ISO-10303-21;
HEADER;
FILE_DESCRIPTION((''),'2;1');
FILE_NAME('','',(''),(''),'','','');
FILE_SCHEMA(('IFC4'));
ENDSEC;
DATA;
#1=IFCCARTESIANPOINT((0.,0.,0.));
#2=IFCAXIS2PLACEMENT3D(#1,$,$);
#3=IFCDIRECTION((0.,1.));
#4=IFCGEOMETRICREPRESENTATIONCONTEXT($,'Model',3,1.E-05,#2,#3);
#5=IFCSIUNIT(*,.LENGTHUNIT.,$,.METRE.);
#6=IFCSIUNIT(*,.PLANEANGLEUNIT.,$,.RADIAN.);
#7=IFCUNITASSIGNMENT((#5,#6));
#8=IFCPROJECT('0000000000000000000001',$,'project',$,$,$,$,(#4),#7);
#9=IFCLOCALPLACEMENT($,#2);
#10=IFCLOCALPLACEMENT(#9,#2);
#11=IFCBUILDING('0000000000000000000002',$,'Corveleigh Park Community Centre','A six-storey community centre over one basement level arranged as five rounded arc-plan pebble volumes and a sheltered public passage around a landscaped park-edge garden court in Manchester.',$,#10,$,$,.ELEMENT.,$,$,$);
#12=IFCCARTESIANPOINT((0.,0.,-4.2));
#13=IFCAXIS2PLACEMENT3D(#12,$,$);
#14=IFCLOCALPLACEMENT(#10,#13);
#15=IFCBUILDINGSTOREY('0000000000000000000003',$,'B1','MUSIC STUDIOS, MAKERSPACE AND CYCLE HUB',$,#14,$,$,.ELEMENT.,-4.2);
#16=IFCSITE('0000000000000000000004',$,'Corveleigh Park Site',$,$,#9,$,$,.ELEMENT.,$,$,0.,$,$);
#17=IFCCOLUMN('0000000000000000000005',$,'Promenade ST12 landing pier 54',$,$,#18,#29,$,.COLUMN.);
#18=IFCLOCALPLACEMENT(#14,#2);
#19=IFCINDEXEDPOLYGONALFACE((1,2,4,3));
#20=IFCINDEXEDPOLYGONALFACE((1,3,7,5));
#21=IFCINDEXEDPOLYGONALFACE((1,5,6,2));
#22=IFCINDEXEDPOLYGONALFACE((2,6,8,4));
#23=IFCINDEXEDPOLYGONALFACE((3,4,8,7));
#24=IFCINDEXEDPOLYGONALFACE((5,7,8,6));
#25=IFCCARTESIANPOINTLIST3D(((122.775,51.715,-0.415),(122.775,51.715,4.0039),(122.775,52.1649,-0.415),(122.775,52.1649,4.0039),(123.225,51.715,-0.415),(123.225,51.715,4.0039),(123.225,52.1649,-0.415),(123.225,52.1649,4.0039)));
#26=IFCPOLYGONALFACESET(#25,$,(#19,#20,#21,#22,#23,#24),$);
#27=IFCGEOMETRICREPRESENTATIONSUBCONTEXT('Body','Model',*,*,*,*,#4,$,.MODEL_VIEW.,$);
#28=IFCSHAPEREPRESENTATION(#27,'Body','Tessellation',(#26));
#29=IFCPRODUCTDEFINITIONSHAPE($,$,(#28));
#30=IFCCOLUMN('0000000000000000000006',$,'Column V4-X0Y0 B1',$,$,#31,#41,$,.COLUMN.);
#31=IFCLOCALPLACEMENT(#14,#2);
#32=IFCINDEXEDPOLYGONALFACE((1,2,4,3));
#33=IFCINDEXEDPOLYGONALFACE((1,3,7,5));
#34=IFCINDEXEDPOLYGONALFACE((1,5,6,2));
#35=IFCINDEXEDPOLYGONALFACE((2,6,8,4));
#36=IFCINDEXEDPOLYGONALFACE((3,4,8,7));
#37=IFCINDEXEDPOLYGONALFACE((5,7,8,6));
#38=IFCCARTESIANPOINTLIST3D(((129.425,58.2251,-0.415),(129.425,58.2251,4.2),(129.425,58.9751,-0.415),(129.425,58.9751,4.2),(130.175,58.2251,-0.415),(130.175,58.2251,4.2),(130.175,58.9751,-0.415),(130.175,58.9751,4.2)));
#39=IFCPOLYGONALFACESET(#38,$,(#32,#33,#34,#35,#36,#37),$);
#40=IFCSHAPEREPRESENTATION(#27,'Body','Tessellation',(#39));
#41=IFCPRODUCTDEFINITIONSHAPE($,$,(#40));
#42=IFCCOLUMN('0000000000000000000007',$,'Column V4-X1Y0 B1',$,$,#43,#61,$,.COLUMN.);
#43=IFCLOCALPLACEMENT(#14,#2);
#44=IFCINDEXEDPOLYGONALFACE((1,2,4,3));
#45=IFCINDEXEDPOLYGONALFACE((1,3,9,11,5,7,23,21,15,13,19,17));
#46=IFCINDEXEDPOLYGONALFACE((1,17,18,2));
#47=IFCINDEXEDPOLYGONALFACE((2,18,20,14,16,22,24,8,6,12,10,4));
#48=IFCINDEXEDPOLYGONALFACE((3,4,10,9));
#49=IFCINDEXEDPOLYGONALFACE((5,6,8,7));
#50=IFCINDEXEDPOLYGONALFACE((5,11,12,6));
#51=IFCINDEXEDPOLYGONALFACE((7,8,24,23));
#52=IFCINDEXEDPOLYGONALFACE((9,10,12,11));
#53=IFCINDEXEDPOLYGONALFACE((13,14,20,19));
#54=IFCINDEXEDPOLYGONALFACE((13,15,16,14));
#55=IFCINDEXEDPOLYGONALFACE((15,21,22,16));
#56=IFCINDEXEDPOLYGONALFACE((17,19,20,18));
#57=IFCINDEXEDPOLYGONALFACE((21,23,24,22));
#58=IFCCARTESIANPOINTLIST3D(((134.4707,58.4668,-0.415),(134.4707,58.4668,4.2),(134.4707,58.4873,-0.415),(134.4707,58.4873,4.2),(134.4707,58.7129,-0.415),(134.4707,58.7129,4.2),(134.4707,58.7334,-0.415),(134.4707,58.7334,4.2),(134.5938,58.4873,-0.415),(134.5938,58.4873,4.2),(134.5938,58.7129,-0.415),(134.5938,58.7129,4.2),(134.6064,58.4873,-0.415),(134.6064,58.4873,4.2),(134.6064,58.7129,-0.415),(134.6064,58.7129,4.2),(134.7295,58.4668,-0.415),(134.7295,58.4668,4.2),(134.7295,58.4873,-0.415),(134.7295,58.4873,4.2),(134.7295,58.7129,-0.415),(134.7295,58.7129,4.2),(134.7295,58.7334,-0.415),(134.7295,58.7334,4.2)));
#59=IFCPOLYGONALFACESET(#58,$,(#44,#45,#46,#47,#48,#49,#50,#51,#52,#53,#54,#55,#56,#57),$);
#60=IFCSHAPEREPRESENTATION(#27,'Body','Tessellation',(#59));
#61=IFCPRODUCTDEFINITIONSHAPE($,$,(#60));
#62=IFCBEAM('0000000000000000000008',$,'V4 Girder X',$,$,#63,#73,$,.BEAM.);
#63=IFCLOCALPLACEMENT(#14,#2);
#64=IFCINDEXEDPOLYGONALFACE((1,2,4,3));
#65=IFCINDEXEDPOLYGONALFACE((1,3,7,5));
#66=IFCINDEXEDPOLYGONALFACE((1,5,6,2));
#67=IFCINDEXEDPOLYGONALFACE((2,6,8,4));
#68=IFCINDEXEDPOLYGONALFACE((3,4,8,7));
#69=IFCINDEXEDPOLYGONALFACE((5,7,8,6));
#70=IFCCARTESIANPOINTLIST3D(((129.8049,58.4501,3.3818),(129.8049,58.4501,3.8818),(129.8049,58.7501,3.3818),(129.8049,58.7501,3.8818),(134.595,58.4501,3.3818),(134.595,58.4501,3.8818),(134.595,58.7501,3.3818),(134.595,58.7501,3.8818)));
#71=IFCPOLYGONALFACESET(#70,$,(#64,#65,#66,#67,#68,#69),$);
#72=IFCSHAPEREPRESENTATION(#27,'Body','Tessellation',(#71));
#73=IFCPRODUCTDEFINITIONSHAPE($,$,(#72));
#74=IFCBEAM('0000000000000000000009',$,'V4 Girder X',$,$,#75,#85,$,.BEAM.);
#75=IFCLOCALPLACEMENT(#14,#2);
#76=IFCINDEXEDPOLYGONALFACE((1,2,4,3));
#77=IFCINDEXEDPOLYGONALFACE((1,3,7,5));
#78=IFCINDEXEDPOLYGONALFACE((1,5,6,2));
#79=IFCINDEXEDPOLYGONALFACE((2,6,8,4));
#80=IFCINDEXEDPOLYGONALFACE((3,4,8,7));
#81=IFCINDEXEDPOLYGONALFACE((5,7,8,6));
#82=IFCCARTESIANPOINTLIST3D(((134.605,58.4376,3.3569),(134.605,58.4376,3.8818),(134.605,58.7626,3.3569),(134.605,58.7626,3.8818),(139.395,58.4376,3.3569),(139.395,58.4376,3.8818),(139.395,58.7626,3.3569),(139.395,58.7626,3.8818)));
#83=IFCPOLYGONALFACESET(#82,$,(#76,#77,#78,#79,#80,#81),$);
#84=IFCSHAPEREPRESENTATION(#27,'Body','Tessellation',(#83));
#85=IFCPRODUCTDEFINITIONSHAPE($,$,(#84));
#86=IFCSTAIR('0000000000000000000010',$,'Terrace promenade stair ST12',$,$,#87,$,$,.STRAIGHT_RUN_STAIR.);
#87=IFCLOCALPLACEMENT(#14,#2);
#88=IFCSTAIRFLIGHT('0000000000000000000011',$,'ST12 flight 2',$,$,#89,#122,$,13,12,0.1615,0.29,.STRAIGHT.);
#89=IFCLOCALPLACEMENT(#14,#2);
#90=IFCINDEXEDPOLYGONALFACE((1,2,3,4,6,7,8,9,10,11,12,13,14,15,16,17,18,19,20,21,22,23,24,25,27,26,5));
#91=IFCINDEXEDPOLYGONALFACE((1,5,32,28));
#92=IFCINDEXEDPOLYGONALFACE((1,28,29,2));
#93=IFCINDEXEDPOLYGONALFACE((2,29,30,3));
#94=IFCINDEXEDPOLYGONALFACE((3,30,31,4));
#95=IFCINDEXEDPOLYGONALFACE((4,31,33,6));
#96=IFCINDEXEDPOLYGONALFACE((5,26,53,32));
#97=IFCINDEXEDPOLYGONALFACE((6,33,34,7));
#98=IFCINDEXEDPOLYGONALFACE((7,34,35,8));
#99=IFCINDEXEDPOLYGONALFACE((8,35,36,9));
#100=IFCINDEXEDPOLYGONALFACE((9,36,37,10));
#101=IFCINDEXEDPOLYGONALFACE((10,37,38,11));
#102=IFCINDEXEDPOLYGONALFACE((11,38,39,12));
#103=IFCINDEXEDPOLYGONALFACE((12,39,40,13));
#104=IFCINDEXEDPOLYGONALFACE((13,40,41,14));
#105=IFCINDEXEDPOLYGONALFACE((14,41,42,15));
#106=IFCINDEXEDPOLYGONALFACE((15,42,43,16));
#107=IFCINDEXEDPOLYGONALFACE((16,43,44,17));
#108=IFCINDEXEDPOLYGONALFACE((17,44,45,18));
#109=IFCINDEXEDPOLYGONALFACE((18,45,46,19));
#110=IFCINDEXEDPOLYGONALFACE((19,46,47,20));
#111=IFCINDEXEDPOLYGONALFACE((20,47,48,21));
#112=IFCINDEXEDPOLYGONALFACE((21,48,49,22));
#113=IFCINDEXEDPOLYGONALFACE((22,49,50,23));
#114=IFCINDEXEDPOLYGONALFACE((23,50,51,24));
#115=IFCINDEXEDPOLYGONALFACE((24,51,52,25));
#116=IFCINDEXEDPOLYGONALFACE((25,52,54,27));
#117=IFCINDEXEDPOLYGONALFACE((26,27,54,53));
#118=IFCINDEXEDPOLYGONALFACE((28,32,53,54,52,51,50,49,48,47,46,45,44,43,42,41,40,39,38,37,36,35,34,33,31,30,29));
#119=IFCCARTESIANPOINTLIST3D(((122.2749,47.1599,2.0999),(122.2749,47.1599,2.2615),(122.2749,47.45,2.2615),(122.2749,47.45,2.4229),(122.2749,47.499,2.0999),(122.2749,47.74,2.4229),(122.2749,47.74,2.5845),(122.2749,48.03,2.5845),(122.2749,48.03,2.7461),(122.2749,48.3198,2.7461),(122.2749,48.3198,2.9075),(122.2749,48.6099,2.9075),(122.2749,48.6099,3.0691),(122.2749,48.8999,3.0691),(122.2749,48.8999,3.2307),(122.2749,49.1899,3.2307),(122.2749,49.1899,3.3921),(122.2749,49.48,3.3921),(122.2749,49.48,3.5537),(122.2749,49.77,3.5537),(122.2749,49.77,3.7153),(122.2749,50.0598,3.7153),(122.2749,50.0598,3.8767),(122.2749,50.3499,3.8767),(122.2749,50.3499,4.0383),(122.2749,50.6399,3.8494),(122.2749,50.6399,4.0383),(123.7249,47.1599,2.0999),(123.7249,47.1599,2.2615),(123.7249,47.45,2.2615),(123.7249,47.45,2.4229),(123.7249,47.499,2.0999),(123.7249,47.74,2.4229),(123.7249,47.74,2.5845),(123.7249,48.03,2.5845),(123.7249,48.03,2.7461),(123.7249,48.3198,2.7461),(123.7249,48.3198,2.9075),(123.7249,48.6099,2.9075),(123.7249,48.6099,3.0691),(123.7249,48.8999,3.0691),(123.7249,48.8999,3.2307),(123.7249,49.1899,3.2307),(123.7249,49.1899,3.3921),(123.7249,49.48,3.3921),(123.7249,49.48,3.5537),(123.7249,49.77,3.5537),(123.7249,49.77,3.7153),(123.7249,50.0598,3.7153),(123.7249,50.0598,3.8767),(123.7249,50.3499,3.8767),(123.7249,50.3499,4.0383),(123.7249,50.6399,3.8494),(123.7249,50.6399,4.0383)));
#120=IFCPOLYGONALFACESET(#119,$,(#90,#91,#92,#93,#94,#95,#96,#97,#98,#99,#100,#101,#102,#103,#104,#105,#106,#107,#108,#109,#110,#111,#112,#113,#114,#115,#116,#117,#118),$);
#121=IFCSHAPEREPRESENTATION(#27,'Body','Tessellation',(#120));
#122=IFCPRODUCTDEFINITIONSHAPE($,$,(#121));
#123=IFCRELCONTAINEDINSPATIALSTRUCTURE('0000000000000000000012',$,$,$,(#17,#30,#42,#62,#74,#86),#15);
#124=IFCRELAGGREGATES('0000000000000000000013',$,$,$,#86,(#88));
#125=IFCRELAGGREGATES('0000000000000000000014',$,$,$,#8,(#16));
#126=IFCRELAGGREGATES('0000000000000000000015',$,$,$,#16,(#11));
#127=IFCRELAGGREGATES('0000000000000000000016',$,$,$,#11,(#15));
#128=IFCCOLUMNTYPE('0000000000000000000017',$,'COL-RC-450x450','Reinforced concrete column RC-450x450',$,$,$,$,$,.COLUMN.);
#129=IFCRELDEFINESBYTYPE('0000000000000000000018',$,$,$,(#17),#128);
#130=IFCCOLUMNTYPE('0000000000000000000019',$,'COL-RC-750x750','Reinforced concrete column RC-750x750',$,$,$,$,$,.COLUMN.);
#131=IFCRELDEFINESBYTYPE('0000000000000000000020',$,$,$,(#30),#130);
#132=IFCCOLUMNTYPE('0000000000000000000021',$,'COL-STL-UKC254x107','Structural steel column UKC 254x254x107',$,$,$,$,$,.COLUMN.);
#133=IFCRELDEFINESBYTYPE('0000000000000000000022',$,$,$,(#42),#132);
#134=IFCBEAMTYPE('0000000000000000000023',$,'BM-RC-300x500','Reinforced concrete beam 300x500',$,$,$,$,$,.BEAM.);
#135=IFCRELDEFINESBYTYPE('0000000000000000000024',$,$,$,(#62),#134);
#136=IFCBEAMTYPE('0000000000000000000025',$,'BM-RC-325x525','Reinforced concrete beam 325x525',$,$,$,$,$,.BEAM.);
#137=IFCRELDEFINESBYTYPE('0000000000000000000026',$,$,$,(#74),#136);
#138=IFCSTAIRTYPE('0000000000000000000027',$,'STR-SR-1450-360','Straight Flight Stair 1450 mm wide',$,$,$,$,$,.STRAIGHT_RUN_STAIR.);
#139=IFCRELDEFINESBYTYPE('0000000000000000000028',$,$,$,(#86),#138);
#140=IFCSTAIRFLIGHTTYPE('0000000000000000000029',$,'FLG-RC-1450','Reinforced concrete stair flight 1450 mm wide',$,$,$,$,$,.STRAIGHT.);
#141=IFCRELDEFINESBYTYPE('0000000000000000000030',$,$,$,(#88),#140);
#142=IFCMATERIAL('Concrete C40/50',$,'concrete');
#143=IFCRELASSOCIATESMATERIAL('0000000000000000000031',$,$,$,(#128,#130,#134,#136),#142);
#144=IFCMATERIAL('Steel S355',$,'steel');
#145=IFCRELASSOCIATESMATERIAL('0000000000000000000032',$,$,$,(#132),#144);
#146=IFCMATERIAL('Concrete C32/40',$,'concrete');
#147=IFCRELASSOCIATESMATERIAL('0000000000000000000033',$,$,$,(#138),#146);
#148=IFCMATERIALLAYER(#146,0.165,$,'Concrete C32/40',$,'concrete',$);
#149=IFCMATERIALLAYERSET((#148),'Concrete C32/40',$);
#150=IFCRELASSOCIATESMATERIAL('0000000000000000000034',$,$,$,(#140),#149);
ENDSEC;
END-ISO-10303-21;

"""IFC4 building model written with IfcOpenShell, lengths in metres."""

from ifc_helpers import new_model, si_unit, direction, frame, origin, origin_2d, place, context, subcontext, project, spatial, polyline, rectangle, i_section, outline, extrude, material, layer, layer_set, material_profile, profile_set, type_object, element, aggregate, save


model = new_model("IFC4")

# Units and contexts
model_context = context("Model", 3, precision=1e-05, world=origin(), true_north=direction((0.0, 1.0)))
body_context = subcontext(model_context, "Body", "Model", "MODEL_VIEW")
ifc_project = project(units=[si_unit("LENGTHUNIT", "METRE"), si_unit("PLANEANGLEUNIT", "RADIAN")], contexts=[model_context])

# Site, building, storey
site_placement = place(None, origin())
site = spatial("IfcSite", under=ifc_project, at=site_placement, Name="Corveleigh Park Site", CompositionType="ELEMENT", RefElevation=0.0)
building_placement = place(site_placement, origin())
building = spatial("IfcBuilding", under=site, at=building_placement, Name="Corveleigh Park Community Centre", Description="A six-storey community centre over one basement level arranged as five rounded arc-plan pebble volumes and a sheltered public passage around a landscaped park-edge garden court in Manchester.", CompositionType="ELEMENT")
storey_placement = place(building_placement, frame((0.0, 0.0, -4.2)))
storey = spatial("IfcBuildingStorey", under=building, at=storey_placement, Name="B1", Description="MUSIC STUDIOS, MAKERSPACE AND CYCLE HUB", CompositionType="ELEMENT", Elevation=-4.2)

# Shared definitions
ifc_material_1 = material(Name="Concrete C40/50", Category="concrete")

# Shared definitions
ifc_material_2 = material(Name="Concrete C32/40", Category="concrete")

# Columns
ifc_material_profile_1 = material_profile(ifc_material_1, rectangle(XDim=0.45, YDim=0.45, at=origin_2d()), Name="RC-450x450", Category="concrete")
ifc_profile_set_1 = profile_set([ifc_material_profile_1], Name="Concrete C40/50")
column_type_1 = type_object("IfcColumnType", Name="COL-RC-450x450", Description="Reinforced concrete column RC-450x450", PredefinedType="COLUMN", material=ifc_profile_set_1)
for number, where, z_axis, x_axis, name in (
    (1, (123.0, 51.9399, -0.415), (0.0, 0.0, 1.0), (1.0, 0.0, 0.0), "Promenade ST12 landing pier 54"),
):
    element("IfcColumn", number, at=place(storey_placement, frame(where, z_axis=z_axis, x_axis=x_axis)), inside=storey, type_object=column_type_1, Name=name, PredefinedType="COLUMN", context=body_context, shape_type="SweptSolid", body=[
        extrude(rectangle(XDim=0.45, YDim=0.45, at=origin_2d()), origin(), (0.0, 0.0, 1.0), 4.4189),
    ])
ifc_material_profile_2 = material_profile(ifc_material_1, rectangle(XDim=0.75, YDim=0.75, at=origin_2d()), Name="RC-750x750", Category="concrete")
ifc_profile_set_2 = profile_set([ifc_material_profile_2], Name="Concrete C40/50")
column_type_2 = type_object("IfcColumnType", Name="COL-RC-750x750", Description="Reinforced concrete column RC-750x750", PredefinedType="COLUMN", material=ifc_profile_set_2)
column_1_placement = place(storey_placement, frame((129.8, 58.6001, -0.415), z_axis=(0.0, 0.0, 1.0), x_axis=(1.0, 0.0, 0.0)))
element("IfcColumn", 2, at=column_1_placement, inside=storey, type_object=column_type_2, Name="Column V4-X0Y0 B1", PredefinedType="COLUMN", context=body_context, shape_type="SweptSolid", body=[
    extrude(rectangle(XDim=0.75, YDim=0.75, at=origin_2d()), origin(), (0.0, 0.0, 1.0), 4.615),
])
ifc_material_3 = material(Name="Steel S355", Category="steel")
ifc_material_profile_3 = material_profile(ifc_material_3, i_section(OverallWidth=0.2588, OverallDepth=0.2666, WebThickness=0.0127, FlangeThickness=0.0205, at=origin_2d()), Name="UKC 254x254x107", Category="steel")
ifc_profile_set_3 = profile_set([ifc_material_profile_3], Name="Steel S355")
column_type_3 = type_object("IfcColumnType", Name="COL-STL-UKC254x107", Description="Structural steel column UKC 254x254x107", PredefinedType="COLUMN", material=ifc_profile_set_3)
column_2_placement = place(storey_placement, frame((134.6001, 58.6001, -0.415), z_axis=(0.0, 0.0, 1.0), x_axis=(1.0, 0.0, 0.0)))
element("IfcColumn", 3, at=column_2_placement, inside=storey, type_object=column_type_3, Name="Column V4-X1Y0 B1", PredefinedType="COLUMN", context=body_context, shape_type="SweptSolid", body=[
    extrude(i_section(OverallWidth=0.2588, OverallDepth=0.2666, WebThickness=0.0127, FlangeThickness=0.0205, at=origin_2d()), origin(), (0.0, 0.0, 1.0), 4.615),
])

# Beams
ifc_material_profile_4 = material_profile(ifc_material_1, rectangle(XDim=0.3, YDim=0.5, at=origin_2d()), Name="RC-300x500", Category="concrete")
ifc_profile_set_4 = profile_set([ifc_material_profile_4], Name="Concrete C40/50")
beam_type_1 = type_object("IfcBeamType", Name="BM-RC-300x500", Description="Reinforced concrete beam 300x500", PredefinedType="BEAM", material=ifc_profile_set_4)
beam_1_placement = place(storey_placement, frame((129.8049, 58.6001, 3.6318), z_axis=(1.0, 0.0, 0.0), x_axis=(0.0, 1.0, 0.0)))
element("IfcBeam", 4, at=beam_1_placement, inside=storey, type_object=beam_type_1, Name="V4 Girder X", PredefinedType="BEAM", context=body_context, shape_type="SweptSolid", body=[
    extrude(rectangle(XDim=0.3, YDim=0.5, at=origin_2d()), origin(), (0.0, 0.0, 1.0), 4.79),
])
ifc_material_profile_5 = material_profile(ifc_material_1, rectangle(XDim=0.325, YDim=0.5249, at=origin_2d()), Name="RC-325x525", Category="concrete")
ifc_profile_set_5 = profile_set([ifc_material_profile_5], Name="Concrete C40/50")
beam_type_2 = type_object("IfcBeamType", Name="BM-RC-325x525", Description="Reinforced concrete beam 325x525", PredefinedType="BEAM", material=ifc_profile_set_5)
beam_2_placement = place(storey_placement, frame((134.605, 58.6001, 3.6194), z_axis=(1.0, 0.0, 0.0), x_axis=(0.0, 1.0, 0.0)))
element("IfcBeam", 5, at=beam_2_placement, inside=storey, type_object=beam_type_2, Name="V4 Girder X", PredefinedType="BEAM", context=body_context, shape_type="SweptSolid", body=[
    extrude(rectangle(XDim=0.325, YDim=0.5249, at=origin_2d()), origin(), (0.0, 0.0, 1.0), 4.79),
])

# Stair, stair flight
stair_type = type_object("IfcStairType", Name="STR-SR-1450-360", Description="Straight Flight Stair 1450 mm wide", PredefinedType="STRAIGHT_RUN_STAIR", material=ifc_material_2)
stair_placement = place(storey_placement, origin())
stair = element("IfcStair", 6, at=stair_placement, inside=storey, type_object=stair_type, Name="Terrace promenade stair ST12", PredefinedType="STRAIGHT_RUN_STAIR")
ifc_layer = layer(ifc_material_2, 0.165, Name="Concrete C32/40", Category="concrete")
ifc_layer_set = layer_set([ifc_layer], Name="Concrete C32/40")
stair_flight_type = type_object("IfcStairFlightType", Name="FLG-RC-1450", Description="Reinforced concrete stair flight 1450 mm wide", PredefinedType="STRAIGHT", material=ifc_layer_set)
stair_flight_placement = place(storey_placement, frame((123.0, 47.1599, 2.0999), z_axis=(0.0, 0.0, 1.0), x_axis=(0.0, 1.0, 0.0)))
stair_flight = element("IfcStairFlight", 7, at=stair_flight_placement, type_object=stair_flight_type, Name="ST12 flight 2", NumberOfRisers=13, NumberOfTreads=12, PredefinedType="STRAIGHT", RiserHeight=0.1615, TreadLength=0.29, context=body_context, shape_type="SweptSolid", body=[
    extrude(outline(polyline([(0.0, 0.0), (0.0, 0.1616), (0.29, 0.1616), (0.29, 0.323), (0.5801, 0.323), (0.5801, 0.4846), (0.8701, 0.4846), (0.8701, 0.6462), (1.1599, 0.6462), (1.1599, 0.8076), (1.45, 0.8076), (1.45, 0.9692), (1.74, 0.9692), (1.74, 1.1309), (2.03, 1.1309), (2.03, 1.2922), (2.3201, 1.2922), (2.3201, 1.4539), (2.6101, 1.4539), (2.6101, 1.6155), (2.8999, 1.6155), (2.8999, 1.7769), (3.1899, 1.7769), (3.1899, 1.9385), (3.48, 1.9385), (3.48, 2.1001), (3.48, 1.7495), (0.3391, 0.0), (0.0, 0.0)])), frame((0.0, 0.7251, 0.0), z_axis=(0.0, -1.0, 0.0), x_axis=(1.0, 0.0, 0.0)), (0.0, 0.0, 1.0), 1.45),
])
aggregate(stair, [stair_flight])

save(model, "model.ifc")
